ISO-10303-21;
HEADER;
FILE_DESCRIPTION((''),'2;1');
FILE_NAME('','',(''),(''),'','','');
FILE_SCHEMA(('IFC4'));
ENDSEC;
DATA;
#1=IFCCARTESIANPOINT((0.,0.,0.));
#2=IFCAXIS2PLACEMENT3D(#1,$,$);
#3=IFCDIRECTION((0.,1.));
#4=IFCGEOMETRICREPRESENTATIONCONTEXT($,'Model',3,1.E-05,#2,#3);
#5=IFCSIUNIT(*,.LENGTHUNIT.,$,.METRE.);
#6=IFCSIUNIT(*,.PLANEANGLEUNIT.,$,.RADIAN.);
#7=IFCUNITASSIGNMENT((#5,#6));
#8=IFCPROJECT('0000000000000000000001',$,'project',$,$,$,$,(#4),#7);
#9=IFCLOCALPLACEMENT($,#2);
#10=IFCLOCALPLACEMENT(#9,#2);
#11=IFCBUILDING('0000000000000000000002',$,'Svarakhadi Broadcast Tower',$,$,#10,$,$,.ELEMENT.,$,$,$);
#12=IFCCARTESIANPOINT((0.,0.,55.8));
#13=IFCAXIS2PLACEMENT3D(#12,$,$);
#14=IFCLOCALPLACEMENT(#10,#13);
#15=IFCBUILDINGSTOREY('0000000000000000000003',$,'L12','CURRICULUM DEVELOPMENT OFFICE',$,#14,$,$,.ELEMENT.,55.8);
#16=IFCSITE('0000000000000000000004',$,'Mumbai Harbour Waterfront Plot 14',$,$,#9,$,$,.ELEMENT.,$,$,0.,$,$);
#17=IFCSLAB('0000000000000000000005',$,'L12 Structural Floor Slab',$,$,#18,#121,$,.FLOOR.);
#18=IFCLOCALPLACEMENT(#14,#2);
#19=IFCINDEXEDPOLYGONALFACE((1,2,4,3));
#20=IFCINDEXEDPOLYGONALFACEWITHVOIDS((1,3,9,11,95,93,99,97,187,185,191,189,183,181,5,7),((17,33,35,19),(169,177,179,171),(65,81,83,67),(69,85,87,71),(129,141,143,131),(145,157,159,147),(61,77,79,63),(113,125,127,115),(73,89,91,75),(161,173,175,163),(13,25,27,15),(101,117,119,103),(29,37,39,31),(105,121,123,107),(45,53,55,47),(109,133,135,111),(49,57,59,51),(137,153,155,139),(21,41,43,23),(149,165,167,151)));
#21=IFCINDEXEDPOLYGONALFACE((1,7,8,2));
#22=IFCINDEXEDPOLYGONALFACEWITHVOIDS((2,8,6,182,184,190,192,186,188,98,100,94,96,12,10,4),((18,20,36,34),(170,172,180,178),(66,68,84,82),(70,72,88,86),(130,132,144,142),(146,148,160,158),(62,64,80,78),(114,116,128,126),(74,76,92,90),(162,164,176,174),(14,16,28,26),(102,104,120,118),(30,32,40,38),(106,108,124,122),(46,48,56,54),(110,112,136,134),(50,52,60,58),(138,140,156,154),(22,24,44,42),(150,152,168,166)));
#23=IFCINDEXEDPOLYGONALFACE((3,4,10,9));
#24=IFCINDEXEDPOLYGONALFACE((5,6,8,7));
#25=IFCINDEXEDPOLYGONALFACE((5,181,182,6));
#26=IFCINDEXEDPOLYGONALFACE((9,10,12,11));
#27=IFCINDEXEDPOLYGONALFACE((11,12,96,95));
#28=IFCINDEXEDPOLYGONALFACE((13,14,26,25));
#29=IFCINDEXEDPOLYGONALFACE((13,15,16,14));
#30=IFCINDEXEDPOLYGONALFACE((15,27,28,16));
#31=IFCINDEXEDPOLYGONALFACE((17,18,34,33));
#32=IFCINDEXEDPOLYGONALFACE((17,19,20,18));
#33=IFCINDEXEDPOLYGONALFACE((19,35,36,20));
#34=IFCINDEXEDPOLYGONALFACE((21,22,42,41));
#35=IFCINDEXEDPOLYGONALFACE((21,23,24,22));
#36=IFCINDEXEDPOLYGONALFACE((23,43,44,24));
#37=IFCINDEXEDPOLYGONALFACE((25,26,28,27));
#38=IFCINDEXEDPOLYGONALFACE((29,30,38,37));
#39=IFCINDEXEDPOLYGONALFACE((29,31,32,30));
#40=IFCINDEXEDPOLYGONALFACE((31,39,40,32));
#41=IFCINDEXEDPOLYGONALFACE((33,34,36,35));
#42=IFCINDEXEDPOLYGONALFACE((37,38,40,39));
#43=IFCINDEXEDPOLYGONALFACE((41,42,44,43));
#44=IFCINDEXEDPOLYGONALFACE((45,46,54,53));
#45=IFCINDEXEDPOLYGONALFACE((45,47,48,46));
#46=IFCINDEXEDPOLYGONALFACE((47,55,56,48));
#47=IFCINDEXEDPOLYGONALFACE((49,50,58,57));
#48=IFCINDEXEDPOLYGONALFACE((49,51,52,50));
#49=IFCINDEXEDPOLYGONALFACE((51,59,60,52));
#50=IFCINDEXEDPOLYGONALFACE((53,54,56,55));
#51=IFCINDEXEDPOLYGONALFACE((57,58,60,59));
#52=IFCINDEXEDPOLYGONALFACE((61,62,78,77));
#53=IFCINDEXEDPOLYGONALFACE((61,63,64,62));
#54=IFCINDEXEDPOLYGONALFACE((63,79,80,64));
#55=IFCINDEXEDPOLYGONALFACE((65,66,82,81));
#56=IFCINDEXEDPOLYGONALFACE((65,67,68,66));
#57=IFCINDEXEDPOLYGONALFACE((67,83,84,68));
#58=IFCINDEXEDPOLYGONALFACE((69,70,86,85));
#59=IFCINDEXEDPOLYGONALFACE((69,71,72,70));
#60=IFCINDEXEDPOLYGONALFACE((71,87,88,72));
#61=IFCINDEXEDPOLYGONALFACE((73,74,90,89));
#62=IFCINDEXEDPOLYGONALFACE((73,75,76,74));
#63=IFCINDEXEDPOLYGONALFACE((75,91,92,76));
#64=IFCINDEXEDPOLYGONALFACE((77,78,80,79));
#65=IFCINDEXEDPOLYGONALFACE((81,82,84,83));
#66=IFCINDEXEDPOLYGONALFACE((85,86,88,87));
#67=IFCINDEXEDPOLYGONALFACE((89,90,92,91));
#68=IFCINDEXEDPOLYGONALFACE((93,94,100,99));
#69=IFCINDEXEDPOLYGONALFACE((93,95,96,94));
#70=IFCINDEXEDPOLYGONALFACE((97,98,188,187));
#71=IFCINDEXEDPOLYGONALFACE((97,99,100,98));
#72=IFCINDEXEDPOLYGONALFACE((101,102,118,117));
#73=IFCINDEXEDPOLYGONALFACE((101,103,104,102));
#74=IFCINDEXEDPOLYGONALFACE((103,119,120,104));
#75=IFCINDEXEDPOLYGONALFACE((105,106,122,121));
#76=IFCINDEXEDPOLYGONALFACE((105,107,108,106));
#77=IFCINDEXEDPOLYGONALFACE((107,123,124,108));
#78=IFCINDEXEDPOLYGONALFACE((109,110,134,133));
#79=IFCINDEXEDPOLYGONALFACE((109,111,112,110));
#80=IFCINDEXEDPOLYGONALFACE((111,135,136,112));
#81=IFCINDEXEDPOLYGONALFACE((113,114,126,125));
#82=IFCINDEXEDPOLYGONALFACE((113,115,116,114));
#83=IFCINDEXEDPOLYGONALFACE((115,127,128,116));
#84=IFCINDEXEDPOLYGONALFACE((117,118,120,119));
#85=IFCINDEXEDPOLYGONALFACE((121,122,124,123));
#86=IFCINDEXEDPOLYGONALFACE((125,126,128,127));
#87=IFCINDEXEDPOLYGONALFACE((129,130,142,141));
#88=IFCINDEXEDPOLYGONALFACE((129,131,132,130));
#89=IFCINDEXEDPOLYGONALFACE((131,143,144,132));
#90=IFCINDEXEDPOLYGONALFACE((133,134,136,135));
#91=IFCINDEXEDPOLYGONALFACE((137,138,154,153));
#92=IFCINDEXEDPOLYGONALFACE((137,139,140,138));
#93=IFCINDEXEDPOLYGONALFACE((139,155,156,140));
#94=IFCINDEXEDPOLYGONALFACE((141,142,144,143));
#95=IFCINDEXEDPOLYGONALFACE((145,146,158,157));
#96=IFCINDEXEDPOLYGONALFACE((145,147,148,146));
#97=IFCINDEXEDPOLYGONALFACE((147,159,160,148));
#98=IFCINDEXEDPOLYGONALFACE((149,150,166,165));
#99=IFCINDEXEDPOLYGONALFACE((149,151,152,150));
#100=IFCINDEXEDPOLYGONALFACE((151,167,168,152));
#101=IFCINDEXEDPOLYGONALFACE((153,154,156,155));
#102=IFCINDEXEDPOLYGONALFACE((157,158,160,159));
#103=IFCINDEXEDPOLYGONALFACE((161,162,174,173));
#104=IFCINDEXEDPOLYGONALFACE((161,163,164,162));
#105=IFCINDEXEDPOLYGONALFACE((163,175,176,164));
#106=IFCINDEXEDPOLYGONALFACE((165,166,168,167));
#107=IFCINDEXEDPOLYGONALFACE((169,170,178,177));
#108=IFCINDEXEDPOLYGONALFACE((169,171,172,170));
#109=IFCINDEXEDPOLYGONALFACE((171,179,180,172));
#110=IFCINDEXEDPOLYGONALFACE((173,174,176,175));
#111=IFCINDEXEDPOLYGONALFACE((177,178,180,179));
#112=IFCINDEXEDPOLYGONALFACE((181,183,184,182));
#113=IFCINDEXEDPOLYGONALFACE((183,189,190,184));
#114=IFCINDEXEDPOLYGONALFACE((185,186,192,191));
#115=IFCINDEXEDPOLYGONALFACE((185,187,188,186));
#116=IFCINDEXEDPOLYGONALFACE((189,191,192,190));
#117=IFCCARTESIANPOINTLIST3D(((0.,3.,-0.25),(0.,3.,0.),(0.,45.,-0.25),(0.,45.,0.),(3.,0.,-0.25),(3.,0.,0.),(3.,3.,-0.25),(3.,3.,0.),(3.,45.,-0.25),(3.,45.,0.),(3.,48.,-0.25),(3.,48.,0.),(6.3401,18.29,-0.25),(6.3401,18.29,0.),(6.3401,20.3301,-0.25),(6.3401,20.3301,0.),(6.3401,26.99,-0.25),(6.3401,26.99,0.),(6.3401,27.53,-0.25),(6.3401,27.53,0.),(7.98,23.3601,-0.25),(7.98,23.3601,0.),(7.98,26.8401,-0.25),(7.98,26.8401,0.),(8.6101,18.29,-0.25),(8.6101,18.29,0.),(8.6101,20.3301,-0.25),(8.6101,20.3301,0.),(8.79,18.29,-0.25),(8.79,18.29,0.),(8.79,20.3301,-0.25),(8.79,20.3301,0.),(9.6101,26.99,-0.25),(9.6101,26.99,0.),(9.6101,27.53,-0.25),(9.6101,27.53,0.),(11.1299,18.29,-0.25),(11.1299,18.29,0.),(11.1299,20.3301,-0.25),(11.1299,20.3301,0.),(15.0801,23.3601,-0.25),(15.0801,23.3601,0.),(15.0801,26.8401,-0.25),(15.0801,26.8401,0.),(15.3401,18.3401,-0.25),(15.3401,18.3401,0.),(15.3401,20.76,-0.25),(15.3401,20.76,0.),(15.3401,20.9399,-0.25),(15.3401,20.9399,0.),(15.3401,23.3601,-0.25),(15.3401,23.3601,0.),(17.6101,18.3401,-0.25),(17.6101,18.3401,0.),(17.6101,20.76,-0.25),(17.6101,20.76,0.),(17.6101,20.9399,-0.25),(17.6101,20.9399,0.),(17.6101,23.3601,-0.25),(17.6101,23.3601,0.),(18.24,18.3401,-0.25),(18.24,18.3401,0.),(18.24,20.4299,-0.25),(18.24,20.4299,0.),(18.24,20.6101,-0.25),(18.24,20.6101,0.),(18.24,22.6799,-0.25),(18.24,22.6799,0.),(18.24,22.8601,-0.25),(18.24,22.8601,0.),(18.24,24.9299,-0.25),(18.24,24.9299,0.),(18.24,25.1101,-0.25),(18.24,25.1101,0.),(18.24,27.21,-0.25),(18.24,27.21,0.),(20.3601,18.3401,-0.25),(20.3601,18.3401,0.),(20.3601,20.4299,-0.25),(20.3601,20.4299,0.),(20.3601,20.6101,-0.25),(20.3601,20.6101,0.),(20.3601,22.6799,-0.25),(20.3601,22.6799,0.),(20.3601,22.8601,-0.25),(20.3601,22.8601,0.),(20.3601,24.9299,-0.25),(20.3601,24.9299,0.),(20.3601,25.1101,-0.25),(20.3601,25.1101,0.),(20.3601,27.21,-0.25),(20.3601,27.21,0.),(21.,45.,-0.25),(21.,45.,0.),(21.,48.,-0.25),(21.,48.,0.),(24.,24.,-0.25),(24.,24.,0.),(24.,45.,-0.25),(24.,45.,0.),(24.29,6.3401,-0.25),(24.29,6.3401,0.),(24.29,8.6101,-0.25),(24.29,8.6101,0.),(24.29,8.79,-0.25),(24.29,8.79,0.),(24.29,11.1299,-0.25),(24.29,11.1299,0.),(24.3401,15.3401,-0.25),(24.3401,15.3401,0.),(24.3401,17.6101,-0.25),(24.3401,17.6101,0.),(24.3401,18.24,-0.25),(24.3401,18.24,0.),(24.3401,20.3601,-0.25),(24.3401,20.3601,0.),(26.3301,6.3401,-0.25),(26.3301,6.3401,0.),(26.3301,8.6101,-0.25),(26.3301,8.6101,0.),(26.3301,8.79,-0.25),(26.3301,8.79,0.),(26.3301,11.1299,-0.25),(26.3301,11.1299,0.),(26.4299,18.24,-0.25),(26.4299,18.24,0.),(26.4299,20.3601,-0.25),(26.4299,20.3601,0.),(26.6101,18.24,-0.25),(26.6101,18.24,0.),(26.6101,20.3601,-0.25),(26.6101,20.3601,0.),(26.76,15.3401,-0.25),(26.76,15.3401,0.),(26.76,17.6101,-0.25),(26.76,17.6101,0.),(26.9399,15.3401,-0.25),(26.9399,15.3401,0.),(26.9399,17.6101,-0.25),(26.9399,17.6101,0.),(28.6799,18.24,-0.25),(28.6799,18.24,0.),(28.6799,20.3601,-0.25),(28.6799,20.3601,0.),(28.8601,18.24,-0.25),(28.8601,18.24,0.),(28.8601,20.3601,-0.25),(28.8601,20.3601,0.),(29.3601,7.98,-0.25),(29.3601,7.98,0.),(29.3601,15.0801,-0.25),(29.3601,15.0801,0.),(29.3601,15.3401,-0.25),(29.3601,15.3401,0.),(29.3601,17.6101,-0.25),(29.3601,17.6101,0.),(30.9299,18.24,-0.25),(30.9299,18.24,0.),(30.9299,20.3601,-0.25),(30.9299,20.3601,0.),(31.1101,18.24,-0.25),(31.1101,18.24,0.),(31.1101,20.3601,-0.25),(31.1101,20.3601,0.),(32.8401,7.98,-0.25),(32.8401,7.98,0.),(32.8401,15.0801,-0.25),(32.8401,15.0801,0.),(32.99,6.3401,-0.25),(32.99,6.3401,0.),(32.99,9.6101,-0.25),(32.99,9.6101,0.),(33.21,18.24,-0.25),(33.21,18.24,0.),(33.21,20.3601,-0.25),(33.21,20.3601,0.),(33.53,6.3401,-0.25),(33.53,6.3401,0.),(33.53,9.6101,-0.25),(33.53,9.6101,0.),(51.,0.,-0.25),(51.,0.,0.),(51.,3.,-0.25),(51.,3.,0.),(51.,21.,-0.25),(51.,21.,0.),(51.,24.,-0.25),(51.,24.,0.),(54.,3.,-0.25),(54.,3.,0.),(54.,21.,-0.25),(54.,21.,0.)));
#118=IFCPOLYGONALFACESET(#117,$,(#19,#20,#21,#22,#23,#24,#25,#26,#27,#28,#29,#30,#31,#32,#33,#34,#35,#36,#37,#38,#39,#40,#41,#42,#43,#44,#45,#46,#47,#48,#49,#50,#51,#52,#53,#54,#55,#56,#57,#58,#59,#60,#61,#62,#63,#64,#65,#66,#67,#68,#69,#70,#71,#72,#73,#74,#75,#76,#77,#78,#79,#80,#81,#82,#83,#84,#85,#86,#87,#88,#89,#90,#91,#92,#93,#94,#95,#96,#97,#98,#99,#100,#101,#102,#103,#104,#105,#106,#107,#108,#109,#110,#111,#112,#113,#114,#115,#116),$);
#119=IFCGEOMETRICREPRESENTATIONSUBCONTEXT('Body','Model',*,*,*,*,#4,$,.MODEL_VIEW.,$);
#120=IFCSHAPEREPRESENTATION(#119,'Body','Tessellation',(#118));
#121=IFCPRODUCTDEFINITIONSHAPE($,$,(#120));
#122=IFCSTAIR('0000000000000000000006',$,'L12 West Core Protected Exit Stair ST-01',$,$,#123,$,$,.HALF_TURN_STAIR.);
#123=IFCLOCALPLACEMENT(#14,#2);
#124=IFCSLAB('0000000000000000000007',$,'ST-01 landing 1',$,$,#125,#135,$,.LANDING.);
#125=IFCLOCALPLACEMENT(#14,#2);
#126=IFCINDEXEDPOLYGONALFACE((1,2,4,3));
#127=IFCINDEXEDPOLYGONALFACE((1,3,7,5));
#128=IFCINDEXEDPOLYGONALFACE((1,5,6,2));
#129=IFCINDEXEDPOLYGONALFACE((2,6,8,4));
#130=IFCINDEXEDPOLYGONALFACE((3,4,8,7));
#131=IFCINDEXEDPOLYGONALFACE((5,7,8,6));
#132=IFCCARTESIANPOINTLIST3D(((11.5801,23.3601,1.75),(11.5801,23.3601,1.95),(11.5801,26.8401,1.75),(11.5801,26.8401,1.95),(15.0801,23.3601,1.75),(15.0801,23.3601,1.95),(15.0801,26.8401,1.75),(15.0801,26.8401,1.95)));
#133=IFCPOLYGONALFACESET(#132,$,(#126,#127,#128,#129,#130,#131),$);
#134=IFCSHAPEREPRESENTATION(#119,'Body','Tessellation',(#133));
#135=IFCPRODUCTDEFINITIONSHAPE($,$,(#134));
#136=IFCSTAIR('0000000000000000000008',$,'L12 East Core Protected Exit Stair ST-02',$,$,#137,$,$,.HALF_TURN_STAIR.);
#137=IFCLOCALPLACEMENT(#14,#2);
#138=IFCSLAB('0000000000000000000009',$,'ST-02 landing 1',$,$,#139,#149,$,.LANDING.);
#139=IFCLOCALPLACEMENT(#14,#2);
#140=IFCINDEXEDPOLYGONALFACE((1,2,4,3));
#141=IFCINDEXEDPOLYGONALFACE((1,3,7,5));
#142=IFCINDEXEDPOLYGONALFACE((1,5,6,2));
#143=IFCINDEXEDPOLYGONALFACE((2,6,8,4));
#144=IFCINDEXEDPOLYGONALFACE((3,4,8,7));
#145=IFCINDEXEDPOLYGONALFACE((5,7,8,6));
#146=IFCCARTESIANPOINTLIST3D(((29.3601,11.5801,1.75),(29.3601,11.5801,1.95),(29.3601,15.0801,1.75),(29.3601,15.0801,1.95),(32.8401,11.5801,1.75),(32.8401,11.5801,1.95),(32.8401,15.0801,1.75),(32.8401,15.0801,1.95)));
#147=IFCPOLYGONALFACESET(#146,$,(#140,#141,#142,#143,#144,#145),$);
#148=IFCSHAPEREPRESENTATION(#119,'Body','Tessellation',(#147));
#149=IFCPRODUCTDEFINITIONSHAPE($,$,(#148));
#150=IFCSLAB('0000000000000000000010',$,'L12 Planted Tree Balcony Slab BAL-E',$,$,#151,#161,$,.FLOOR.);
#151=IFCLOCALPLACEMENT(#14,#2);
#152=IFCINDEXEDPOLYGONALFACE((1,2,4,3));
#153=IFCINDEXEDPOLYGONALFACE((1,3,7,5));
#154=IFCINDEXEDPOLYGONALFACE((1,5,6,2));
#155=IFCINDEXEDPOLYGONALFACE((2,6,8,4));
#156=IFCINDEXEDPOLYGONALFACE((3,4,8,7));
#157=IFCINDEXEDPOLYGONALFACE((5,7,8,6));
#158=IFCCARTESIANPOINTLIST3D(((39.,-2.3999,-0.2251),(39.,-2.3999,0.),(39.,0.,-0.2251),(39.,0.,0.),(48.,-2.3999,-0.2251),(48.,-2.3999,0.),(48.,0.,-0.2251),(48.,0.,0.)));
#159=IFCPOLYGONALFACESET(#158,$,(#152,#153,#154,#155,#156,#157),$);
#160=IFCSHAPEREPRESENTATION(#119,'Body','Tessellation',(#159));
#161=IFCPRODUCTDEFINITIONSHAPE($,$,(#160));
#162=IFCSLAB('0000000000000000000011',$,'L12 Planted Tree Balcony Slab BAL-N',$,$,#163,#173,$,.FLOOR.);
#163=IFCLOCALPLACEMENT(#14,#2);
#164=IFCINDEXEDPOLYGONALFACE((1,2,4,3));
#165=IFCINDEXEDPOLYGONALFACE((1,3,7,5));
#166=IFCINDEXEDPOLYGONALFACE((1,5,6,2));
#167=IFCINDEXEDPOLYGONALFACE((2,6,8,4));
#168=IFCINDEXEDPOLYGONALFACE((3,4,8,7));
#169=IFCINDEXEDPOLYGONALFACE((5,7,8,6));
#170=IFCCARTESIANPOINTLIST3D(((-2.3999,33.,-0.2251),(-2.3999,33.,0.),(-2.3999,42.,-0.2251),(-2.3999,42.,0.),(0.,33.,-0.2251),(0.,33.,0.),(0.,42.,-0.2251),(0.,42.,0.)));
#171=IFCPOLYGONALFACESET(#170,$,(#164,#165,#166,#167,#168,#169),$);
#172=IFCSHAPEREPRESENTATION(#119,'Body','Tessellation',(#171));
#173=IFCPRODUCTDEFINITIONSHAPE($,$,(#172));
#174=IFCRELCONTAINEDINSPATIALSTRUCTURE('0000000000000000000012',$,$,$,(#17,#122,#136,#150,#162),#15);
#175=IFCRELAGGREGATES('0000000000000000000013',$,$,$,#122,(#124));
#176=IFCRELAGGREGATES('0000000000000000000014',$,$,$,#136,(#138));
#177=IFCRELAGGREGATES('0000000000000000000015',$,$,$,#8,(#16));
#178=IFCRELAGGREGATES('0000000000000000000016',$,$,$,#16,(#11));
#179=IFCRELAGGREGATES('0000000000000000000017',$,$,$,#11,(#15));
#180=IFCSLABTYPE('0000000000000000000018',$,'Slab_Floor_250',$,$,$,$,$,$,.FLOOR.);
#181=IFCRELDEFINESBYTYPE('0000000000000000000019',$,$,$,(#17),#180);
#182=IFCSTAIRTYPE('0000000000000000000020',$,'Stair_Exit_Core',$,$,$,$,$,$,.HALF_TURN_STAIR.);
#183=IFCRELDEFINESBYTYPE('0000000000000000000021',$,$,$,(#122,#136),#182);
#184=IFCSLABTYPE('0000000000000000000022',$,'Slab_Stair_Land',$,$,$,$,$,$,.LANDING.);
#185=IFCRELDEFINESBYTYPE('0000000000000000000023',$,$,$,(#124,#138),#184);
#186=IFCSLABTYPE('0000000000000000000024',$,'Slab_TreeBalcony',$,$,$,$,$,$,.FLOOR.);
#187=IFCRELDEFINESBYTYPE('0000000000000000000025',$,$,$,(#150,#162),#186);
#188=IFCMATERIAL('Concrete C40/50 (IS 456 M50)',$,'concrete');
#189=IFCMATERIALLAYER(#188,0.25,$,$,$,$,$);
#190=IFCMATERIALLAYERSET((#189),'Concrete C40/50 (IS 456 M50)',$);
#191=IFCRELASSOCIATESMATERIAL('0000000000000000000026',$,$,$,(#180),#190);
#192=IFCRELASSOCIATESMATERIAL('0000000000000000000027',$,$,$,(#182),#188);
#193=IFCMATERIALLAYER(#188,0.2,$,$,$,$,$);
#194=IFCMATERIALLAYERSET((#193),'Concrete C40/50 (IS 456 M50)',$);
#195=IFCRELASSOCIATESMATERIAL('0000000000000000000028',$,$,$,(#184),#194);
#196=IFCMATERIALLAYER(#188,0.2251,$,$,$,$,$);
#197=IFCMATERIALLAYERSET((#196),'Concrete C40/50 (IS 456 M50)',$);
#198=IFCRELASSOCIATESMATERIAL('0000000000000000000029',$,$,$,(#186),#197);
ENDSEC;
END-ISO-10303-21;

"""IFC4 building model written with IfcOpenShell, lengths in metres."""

from ifc_helpers import new_model, si_unit, direction, frame, origin, place, context, subcontext, project, spatial, polyline, outline, extrude, material, layer, layer_set, type_object, element, aggregate, save


model = new_model("IFC4")

# Units and contexts
model_context = context("Model", 3, precision=1e-05, world=origin(), true_north=direction((0.0, 1.0)))
body_context = subcontext(model_context, "Body", "Model", "MODEL_VIEW")
ifc_project = project(units=[si_unit("LENGTHUNIT", "METRE"), si_unit("PLANEANGLEUNIT", "RADIAN")], contexts=[model_context])

# Site, building, storey
site_placement = place(None, origin())
site = spatial("IfcSite", under=ifc_project, at=site_placement, Name="Mumbai Harbour Waterfront Plot 14", CompositionType="ELEMENT", RefElevation=0.0)
building_placement = place(site_placement, origin())
building = spatial("IfcBuilding", under=site, at=building_placement, Name="Svarakhadi Broadcast Tower", CompositionType="ELEMENT")
storey_placement = place(building_placement, frame((0.0, 0.0, 55.8)))
storey = spatial("IfcBuildingStorey", under=building, at=storey_placement, Name="L12", Description="CURRICULUM DEVELOPMENT OFFICE", CompositionType="ELEMENT", Elevation=55.8)

# Slab
ifc_material_1 = material(Name="Concrete C40/50 (IS 456 M50)", Category="concrete")
ifc_layer_1 = layer(ifc_material_1, 0.25)
ifc_layer_set_1 = layer_set([ifc_layer_1], Name="Concrete C40/50 (IS 456 M50)")
slab_type_1 = type_object("IfcSlabType", Name="Slab_Floor_250", PredefinedType="FLOOR", material=ifc_layer_set_1)
slab_1_placement = place(storey_placement, frame((0.0, 0.0, -0.25)))
element("IfcSlab", 1, at=slab_1_placement, inside=storey, type_object=slab_type_1, Name="L12 Structural Floor Slab", PredefinedType="FLOOR", context=body_context, shape_type="SweptSolid", body=[
    extrude(outline(polyline([(3.0, 0.0), (51.0, 0.0), (51.0, 3.0), (54.0, 3.0), (54.0, 21.0), (51.0, 21.0), (51.0, 24.0), (24.0, 24.0), (24.0, 45.0), (21.0, 45.0), (21.0, 48.0), (3.0, 48.0), (3.0, 45.0), (0.0, 45.0), (0.0, 3.0), (3.0, 3.0), (3.0, 0.0)]), holes=[polyline([(7.98, 23.3601), (15.0801, 23.3601), (15.0801, 26.8401), (7.98, 26.8401), (7.98, 23.3601)]), polyline([(32.8401, 7.98), (32.8401, 15.0801), (29.3601, 15.0801), (29.3601, 7.98), (32.8401, 7.98)]), polyline([(6.3401, 18.29), (8.6101, 18.29), (8.6101, 20.3301), (6.3401, 20.3301), (6.3401, 18.29)]), polyline([(8.79, 18.29), (11.1299, 18.29), (11.1299, 20.3301), (8.79, 20.3301), (8.79, 18.29)]), polyline([(24.29, 6.3401), (26.3301, 6.3401), (26.3301, 8.6101), (24.29, 8.6101), (24.29, 6.3401)]), polyline([(24.29, 8.79), (26.3301, 8.79), (26.3301, 11.1299), (24.29, 11.1299), (24.29, 8.79)]), polyline([(6.3401, 26.99), (9.6101, 26.99), (9.6101, 27.53), (6.3401, 27.53), (6.3401, 26.99)]), polyline([(32.99, 6.3401), (33.53, 6.3401), (33.53, 9.6101), (32.99, 9.6101), (32.99, 6.3401)]), polyline([(15.3401, 18.3401), (17.6101, 18.3401), (17.6101, 20.76), (15.3401, 20.76), (15.3401, 18.3401)]), polyline([(15.3401, 20.9399), (17.6101, 20.9399), (17.6101, 23.3601), (15.3401, 23.3601), (15.3401, 20.9399)]), polyline([(24.3401, 15.3401), (26.76, 15.3401), (26.76, 17.6101), (24.3401, 17.6101), (24.3401, 15.3401)]), polyline([(26.9399, 15.3401), (29.3601, 15.3401), (29.3601, 17.6101), (26.9399, 17.6101), (26.9399, 15.3401)]), polyline([(18.24, 18.3401), (20.3601, 18.3401), (20.3601, 20.4299), (18.24, 20.4299), (18.24, 18.3401)]), polyline([(18.24, 20.6101), (20.3601, 20.6101), (20.3601, 22.6799), (18.24, 22.6799), (18.24, 20.6101)]), polyline([(18.24, 22.8601), (20.3601, 22.8601), (20.3601, 24.9299), (18.24, 24.9299), (18.24, 22.8601)]), polyline([(18.24, 25.1101), (20.3601, 25.1101), (20.3601, 27.21), (18.24, 27.21), (18.24, 25.1101)]), polyline([(24.3401, 18.24), (26.4299, 18.24), (26.4299, 20.3601), (24.3401, 20.3601), (24.3401, 18.24)]), polyline([(26.6101, 18.24), (28.6799, 18.24), (28.6799, 20.3601), (26.6101, 20.3601), (26.6101, 18.24)]), polyline([(28.8601, 18.24), (30.9299, 18.24), (30.9299, 20.3601), (28.8601, 20.3601), (28.8601, 18.24)]), polyline([(31.1101, 18.24), (33.21, 18.24), (33.21, 20.3601), (31.1101, 20.3601), (31.1101, 18.24)])]), origin(), (0.0, 0.0, 1.0), 0.25),
])

# Stairs, slabs
stair_type = type_object("IfcStairType", Name="Stair_Exit_Core", PredefinedType="HALF_TURN_STAIR", material=ifc_material_1)
stair_1_placement = place(storey_placement, origin())
stair_1 = element("IfcStair", 2, at=stair_1_placement, inside=storey, type_object=stair_type, Name="L12 West Core Protected Exit Stair ST-01", PredefinedType="HALF_TURN_STAIR")
ifc_layer_2 = layer(ifc_material_1, 0.2)
ifc_layer_set_2 = layer_set([ifc_layer_2], Name="Concrete C40/50 (IS 456 M50)")
slab_type_2 = type_object("IfcSlabType", Name="Slab_Stair_Land", PredefinedType="LANDING", material=ifc_layer_set_2)
slab_2_placement = place(storey_placement, frame((0.0, 0.0, 1.75)))
slab_2 = element("IfcSlab", 3, at=slab_2_placement, type_object=slab_type_2, Name="ST-01 landing 1", PredefinedType="LANDING", context=body_context, shape_type="SweptSolid", body=[
    extrude(outline(polyline([(11.5801, 23.3601), (15.0801, 23.3601), (15.0801, 26.8401), (11.5801, 26.8401), (11.5801, 23.3601)])), origin(), (0.0, 0.0, 1.0), 0.2),
])
aggregate(stair_1, [slab_2])
stair_2_placement = place(storey_placement, origin())
stair_2 = element("IfcStair", 4, at=stair_2_placement, inside=storey, type_object=stair_type, Name="L12 East Core Protected Exit Stair ST-02", PredefinedType="HALF_TURN_STAIR")
slab_3_placement = place(storey_placement, frame((0.0, 0.0, 1.75)))
slab_3 = element("IfcSlab", 5, at=slab_3_placement, type_object=slab_type_2, Name="ST-02 landing 1", PredefinedType="LANDING", context=body_context, shape_type="SweptSolid", body=[
    extrude(outline(polyline([(32.8401, 11.5801), (32.8401, 15.0801), (29.3601, 15.0801), (29.3601, 11.5801), (32.8401, 11.5801)])), origin(), (0.0, 0.0, 1.0), 0.2),
])
aggregate(stair_2, [slab_3])

# Slabs
ifc_layer_3 = layer(ifc_material_1, 0.2251)
ifc_layer_set_3 = layer_set([ifc_layer_3], Name="Concrete C40/50 (IS 456 M50)")
slab_type_3 = type_object("IfcSlabType", Name="Slab_TreeBalcony", PredefinedType="FLOOR", material=ifc_layer_set_3)
slab_4_placement = place(storey_placement, frame((0.0, 0.0, -0.2251)))
element("IfcSlab", 6, at=slab_4_placement, inside=storey, type_object=slab_type_3, Name="L12 Planted Tree Balcony Slab BAL-E", PredefinedType="FLOOR", context=body_context, shape_type="SweptSolid", body=[
    extrude(outline(polyline([(39.0, -2.3999), (48.0, -2.3999), (48.0, 0.0), (39.0, 0.0), (39.0, -2.3999)])), origin(), (0.0, 0.0, 1.0), 0.2251),
])
slab_5_placement = place(storey_placement, frame((0.0, 0.0, -0.2251)))
element("IfcSlab", 7, at=slab_5_placement, inside=storey, type_object=slab_type_3, Name="L12 Planted Tree Balcony Slab BAL-N", PredefinedType="FLOOR", context=body_context, shape_type="SweptSolid", body=[
    extrude(outline(polyline([(-2.3999, 33.0), (0.0, 33.0), (0.0, 42.0), (-2.3999, 42.0), (-2.3999, 33.0)])), origin(), (0.0, 0.0, 1.0), 0.2251),
])

save(model, "model.ifc")
